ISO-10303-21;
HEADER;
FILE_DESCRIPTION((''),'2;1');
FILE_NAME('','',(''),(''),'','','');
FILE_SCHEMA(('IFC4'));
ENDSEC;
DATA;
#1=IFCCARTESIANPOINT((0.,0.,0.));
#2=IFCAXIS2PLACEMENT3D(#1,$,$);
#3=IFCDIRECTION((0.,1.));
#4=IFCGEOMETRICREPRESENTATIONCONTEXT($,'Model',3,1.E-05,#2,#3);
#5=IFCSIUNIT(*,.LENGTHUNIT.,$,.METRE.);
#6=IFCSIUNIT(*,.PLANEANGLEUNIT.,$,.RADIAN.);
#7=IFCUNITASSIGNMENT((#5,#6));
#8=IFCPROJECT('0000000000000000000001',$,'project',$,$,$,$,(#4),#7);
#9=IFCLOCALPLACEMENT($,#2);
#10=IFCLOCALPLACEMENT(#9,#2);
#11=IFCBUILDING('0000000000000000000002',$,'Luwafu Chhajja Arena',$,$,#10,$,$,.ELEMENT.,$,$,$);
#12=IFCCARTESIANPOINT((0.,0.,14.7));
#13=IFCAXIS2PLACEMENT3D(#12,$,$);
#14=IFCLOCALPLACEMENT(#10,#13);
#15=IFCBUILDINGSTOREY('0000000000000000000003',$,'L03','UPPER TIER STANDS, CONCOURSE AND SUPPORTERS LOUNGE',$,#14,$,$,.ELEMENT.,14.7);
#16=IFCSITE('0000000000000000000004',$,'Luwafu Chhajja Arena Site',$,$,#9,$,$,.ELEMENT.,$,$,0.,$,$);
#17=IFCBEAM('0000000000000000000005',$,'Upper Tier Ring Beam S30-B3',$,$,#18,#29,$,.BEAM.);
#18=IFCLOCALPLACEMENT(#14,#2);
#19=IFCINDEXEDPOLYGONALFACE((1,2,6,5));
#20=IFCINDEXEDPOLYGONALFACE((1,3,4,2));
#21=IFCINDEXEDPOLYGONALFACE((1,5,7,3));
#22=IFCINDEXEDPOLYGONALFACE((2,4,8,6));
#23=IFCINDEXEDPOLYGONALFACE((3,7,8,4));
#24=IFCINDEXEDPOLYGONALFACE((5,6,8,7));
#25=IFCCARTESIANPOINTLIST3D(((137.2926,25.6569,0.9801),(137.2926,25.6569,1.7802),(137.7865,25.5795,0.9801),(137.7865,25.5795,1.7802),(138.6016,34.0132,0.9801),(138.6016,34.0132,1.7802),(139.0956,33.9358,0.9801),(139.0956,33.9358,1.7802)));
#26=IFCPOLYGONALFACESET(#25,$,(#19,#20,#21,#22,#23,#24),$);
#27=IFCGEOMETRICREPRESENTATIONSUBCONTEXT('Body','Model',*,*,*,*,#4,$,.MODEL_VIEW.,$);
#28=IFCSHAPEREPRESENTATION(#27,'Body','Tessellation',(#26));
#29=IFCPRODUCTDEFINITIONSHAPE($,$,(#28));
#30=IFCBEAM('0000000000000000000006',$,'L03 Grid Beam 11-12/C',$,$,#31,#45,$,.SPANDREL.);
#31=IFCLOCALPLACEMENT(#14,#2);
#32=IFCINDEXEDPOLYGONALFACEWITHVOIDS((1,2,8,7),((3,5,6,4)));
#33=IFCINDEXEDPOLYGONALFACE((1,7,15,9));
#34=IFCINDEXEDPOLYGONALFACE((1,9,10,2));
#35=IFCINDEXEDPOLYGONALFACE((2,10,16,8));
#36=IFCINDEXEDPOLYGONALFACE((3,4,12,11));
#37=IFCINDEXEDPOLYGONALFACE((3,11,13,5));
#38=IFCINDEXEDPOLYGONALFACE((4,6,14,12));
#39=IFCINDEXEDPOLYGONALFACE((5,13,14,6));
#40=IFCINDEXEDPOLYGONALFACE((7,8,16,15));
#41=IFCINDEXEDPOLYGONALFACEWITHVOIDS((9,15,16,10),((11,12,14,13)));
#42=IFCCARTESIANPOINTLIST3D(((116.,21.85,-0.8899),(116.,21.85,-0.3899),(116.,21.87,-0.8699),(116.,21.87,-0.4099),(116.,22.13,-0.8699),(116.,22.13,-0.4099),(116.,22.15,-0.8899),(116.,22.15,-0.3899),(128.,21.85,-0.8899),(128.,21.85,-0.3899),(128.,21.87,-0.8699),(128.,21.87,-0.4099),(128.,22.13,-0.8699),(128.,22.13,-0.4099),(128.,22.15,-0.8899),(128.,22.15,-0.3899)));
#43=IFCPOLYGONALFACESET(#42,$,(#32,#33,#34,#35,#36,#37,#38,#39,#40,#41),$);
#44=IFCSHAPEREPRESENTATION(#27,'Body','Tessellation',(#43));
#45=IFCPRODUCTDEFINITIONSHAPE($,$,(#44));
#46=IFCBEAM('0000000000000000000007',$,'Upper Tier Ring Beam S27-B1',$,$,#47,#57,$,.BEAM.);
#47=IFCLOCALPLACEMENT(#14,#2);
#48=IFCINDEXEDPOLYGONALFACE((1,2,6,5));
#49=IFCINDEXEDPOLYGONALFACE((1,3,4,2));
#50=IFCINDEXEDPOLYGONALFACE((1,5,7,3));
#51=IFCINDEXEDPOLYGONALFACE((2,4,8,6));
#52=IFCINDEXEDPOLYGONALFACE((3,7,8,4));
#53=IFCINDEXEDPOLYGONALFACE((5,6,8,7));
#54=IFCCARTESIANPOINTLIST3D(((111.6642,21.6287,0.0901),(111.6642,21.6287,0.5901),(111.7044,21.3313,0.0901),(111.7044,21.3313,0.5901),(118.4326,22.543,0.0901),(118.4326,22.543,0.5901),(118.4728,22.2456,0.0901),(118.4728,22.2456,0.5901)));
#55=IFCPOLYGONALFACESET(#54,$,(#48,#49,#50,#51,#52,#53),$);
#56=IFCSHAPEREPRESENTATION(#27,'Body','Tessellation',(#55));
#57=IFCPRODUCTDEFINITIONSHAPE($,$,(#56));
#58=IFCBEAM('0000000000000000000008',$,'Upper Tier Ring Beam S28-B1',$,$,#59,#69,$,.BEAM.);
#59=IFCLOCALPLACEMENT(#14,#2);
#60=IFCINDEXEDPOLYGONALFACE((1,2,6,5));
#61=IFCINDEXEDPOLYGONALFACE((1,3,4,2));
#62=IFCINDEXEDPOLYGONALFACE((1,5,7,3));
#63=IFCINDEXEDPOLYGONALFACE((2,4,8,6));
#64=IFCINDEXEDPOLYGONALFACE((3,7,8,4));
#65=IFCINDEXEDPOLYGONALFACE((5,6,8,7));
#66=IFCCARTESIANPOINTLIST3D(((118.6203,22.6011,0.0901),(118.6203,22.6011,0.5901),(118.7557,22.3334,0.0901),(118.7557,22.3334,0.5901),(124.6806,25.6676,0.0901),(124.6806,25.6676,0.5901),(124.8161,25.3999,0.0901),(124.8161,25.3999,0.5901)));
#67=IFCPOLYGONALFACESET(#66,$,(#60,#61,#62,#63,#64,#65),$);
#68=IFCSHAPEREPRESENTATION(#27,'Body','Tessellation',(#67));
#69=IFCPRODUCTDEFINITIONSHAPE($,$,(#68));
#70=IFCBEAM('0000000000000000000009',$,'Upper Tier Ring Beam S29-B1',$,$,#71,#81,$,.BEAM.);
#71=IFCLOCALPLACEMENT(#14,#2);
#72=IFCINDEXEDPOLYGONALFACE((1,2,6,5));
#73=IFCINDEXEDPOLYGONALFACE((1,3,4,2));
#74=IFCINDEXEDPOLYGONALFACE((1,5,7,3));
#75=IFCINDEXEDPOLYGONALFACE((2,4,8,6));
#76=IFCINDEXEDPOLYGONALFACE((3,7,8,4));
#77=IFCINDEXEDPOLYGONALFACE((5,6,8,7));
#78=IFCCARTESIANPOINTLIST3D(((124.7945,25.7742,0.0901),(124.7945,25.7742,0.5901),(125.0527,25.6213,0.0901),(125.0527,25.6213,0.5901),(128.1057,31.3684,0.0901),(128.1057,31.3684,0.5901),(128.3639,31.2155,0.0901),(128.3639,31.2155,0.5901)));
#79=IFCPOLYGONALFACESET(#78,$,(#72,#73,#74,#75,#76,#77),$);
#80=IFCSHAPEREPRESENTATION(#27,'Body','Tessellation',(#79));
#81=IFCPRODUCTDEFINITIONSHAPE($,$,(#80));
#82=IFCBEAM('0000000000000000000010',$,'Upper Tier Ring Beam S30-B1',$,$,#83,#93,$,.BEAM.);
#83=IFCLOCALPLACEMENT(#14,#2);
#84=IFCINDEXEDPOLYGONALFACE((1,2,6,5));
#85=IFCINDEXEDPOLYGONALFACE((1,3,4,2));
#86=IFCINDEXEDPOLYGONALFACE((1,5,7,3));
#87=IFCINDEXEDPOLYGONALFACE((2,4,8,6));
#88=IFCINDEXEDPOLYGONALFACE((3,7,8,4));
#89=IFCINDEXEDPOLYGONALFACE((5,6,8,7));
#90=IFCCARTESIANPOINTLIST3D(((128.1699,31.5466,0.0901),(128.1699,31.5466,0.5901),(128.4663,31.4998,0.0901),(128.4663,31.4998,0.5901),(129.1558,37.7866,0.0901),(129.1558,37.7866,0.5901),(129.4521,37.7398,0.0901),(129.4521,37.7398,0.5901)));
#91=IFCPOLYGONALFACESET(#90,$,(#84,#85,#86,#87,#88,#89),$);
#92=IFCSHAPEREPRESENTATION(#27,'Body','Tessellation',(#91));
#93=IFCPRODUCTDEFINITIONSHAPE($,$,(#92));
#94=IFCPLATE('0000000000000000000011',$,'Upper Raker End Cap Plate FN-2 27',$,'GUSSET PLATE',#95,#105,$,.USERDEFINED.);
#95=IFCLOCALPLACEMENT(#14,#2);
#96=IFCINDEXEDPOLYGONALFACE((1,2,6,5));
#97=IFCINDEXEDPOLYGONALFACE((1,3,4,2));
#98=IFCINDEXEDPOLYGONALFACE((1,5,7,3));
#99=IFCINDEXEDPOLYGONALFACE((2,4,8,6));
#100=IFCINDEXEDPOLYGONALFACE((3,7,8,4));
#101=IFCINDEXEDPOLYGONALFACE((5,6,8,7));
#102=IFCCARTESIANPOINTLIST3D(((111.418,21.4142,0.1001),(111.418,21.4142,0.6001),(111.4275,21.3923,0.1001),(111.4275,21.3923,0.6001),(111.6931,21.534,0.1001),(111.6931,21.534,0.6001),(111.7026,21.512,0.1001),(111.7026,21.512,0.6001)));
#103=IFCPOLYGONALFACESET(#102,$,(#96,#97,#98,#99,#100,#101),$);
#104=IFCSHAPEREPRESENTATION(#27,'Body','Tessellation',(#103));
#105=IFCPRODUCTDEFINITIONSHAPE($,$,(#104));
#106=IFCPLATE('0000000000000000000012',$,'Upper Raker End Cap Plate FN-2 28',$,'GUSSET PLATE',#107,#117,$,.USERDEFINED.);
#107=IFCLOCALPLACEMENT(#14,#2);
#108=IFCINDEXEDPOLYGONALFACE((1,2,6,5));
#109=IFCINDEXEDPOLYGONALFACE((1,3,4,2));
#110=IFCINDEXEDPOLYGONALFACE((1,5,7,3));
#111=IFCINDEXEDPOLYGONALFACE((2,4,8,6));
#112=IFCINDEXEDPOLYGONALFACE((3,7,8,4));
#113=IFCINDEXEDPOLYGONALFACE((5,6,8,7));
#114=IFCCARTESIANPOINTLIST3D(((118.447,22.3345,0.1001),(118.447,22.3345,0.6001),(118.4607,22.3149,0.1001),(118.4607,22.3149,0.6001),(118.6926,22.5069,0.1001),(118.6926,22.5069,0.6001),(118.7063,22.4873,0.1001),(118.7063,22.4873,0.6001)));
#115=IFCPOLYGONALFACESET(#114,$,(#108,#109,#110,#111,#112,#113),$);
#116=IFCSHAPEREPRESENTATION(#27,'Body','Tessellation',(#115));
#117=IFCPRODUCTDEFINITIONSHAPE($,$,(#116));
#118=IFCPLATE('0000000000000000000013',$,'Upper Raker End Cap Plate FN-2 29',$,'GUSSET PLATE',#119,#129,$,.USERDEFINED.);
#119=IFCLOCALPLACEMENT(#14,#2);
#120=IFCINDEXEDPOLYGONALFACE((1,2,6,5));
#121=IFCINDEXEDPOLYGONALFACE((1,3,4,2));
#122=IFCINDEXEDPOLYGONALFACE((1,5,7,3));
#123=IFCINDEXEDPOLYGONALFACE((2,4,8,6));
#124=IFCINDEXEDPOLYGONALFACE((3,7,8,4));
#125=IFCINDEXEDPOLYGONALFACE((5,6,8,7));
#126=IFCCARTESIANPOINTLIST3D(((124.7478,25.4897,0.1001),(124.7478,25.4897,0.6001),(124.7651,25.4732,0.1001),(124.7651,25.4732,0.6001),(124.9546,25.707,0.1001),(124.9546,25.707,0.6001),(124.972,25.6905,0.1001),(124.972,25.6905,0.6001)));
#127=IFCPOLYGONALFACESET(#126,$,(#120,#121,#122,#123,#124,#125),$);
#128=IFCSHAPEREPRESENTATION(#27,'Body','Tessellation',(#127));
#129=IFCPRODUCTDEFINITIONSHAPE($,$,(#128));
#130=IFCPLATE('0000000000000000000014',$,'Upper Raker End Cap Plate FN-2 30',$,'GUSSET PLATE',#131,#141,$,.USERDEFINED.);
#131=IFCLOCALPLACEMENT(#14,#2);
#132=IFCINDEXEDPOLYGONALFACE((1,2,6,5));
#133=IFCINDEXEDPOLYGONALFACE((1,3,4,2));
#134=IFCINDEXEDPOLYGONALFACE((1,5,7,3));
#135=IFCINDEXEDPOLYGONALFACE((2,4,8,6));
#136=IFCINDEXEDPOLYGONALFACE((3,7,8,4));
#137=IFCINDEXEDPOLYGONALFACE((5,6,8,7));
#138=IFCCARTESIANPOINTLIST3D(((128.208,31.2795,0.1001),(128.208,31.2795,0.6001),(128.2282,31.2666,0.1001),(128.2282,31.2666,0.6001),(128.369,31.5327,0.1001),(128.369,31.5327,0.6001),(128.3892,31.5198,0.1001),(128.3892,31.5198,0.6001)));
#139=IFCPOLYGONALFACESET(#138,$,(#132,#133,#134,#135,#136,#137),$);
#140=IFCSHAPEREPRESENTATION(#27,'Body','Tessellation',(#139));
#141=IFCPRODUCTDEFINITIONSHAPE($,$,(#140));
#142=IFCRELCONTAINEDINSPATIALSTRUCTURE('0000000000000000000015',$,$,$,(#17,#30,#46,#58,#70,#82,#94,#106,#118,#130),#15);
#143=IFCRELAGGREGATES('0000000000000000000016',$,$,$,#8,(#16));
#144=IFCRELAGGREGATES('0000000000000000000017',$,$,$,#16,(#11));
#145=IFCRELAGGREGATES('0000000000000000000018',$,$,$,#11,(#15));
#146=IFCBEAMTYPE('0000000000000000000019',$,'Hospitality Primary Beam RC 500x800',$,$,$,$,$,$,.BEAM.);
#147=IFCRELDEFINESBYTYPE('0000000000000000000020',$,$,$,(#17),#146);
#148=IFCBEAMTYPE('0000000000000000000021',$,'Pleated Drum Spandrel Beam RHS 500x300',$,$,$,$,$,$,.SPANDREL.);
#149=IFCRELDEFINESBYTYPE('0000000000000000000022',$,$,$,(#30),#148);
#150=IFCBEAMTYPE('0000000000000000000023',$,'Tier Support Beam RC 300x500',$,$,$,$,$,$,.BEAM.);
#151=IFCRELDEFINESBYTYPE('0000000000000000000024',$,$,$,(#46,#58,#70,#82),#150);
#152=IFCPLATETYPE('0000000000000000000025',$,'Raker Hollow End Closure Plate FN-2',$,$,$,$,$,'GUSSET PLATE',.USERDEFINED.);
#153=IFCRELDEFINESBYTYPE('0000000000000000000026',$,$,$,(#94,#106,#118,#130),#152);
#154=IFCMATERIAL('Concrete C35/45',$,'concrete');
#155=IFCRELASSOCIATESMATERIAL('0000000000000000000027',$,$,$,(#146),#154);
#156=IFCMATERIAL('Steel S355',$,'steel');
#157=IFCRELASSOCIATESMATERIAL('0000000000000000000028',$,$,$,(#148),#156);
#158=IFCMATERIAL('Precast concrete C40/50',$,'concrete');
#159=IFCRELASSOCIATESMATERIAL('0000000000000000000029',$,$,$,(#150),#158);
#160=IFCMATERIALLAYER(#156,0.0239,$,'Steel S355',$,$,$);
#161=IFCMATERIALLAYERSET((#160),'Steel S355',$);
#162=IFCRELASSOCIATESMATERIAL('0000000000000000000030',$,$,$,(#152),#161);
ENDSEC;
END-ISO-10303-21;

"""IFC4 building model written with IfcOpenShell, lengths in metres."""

from ifc_helpers import new_model, si_unit, direction, frame, origin, origin_2d, place, context, subcontext, project, spatial, rectangle, hollow_rectangle, extrude, material, layer, layer_set, material_profile, profile_set, type_object, element, save


model = new_model("IFC4")

# Units and contexts
model_context = context("Model", 3, precision=1e-05, world=origin(), true_north=direction((0.0, 1.0)))
body_context = subcontext(model_context, "Body", "Model", "MODEL_VIEW")
ifc_project = project(units=[si_unit("LENGTHUNIT", "METRE"), si_unit("PLANEANGLEUNIT", "RADIAN")], contexts=[model_context])

# Site, building, storey
site_placement = place(None, origin())
site = spatial("IfcSite", under=ifc_project, at=site_placement, Name="Luwafu Chhajja Arena Site", CompositionType="ELEMENT", RefElevation=0.0)
building_placement = place(site_placement, origin())
building = spatial("IfcBuilding", under=site, at=building_placement, Name="Luwafu Chhajja Arena", CompositionType="ELEMENT")
storey_placement = place(building_placement, frame((0.0, 0.0, 14.7)))
storey = spatial("IfcBuildingStorey", under=building, at=storey_placement, Name="L03", Description="UPPER TIER STANDS, CONCOURSE AND SUPPORTERS LOUNGE", CompositionType="ELEMENT", Elevation=14.7)

# Shared definitions
ifc_material_1 = material(Name="Concrete C35/45", Category="concrete")
ifc_material_2 = material(Name="Steel S355", Category="steel")

# Beams
ifc_material_profile_1 = material_profile(ifc_material_1, rectangle(XDim=0.5, YDim=0.8, at=origin_2d()), Name="RC 500x800")
ifc_profile_set_1 = profile_set([ifc_material_profile_1], Name="Concrete C35/45")
beam_type_1 = type_object("IfcBeamType", Name="Hospitality Primary Beam RC 500x800", PredefinedType="BEAM", material=ifc_profile_set_1)
beam_1_placement = place(storey_placement, frame((137.5396, 25.6182, 1.3801), z_axis=(0.154768, 0.987951, 0.0), x_axis=(-0.987951, 0.154768, 0.0)))
element("IfcBeam", 1, at=beam_1_placement, inside=storey, type_object=beam_type_1, Name="Upper Tier Ring Beam S30-B3", PredefinedType="BEAM", context=body_context, shape_type="SweptSolid", body=[
    extrude(rectangle(XDim=0.5, YDim=0.8, at=origin_2d()), origin(), (0.0, 0.0, 1.0), 8.4583),
])
ifc_material_profile_2 = material_profile(ifc_material_2, hollow_rectangle(XDim=0.3, YDim=0.5, WallThickness=0.02, at=origin_2d()), Name="RHS 500x300x20")
ifc_profile_set_2 = profile_set([ifc_material_profile_2], Name="Steel S355")
beam_type_2 = type_object("IfcBeamType", Name="Pleated Drum Spandrel Beam RHS 500x300", PredefinedType="SPANDREL", material=ifc_profile_set_2)
beam_2_placement = place(storey_placement, frame((116.0, 22.0, -0.6399), z_axis=(1.0, 0.0, 0.0), x_axis=(0.0, 1.0, 0.0)))
element("IfcBeam", 2, at=beam_2_placement, inside=storey, type_object=beam_type_2, Name="L03 Grid Beam 11-12/C", PredefinedType="SPANDREL", context=body_context, shape_type="SweptSolid", body=[
    extrude(hollow_rectangle(XDim=0.3, YDim=0.5, WallThickness=0.02, at=origin_2d()), origin(), (0.0, 0.0, 1.0), 12.0),
])
ifc_material_3 = material(Name="Precast concrete C40/50", Category="concrete")
ifc_material_profile_3 = material_profile(ifc_material_3, rectangle(XDim=0.3, YDim=0.5, at=origin_2d()), Name="RC 300x500")
ifc_profile_set_3 = profile_set([ifc_material_profile_3], Name="Precast concrete C40/50")
beam_type_3 = type_object("IfcBeamType", Name="Tier Support Beam RC 300x500", PredefinedType="BEAM", material=ifc_profile_set_3)
beam_3_placement = place(storey_placement, frame((111.6843, 21.48, 0.3401), z_axis=(0.990999, 0.13387, 0.0), x_axis=(-0.13387, 0.990999, 0.0)))
element("IfcBeam", 3, at=beam_3_placement, inside=storey, type_object=beam_type_3, Name="Upper Tier Ring Beam S27-B1", PredefinedType="BEAM", context=body_context, shape_type="SweptSolid", body=[
    extrude(rectangle(XDim=0.3, YDim=0.5, at=origin_2d()), origin(), (0.0, 0.0, 1.0), 6.8298),
])
beam_4_placement = place(storey_placement, frame((118.688, 22.4673, 0.3401), z_axis=(0.892282, 0.451479, 0.0), x_axis=(-0.451479, 0.892282, 0.0)))
element("IfcBeam", 4, at=beam_4_placement, inside=storey, type_object=beam_type_3, Name="Upper Tier Ring Beam S28-B1", PredefinedType="BEAM", context=body_context, shape_type="SweptSolid", body=[
    extrude(rectangle(XDim=0.3, YDim=0.5, at=origin_2d()), origin(), (0.0, 0.0, 1.0), 6.792),
])
beam_5_placement = place(storey_placement, frame((124.9236, 25.6978, 0.3401), z_axis=(0.509367, 0.860549, 0.0), x_axis=(-0.860549, 0.509367, 0.0)))
element("IfcBeam", 5, at=beam_5_placement, inside=storey, type_object=beam_type_3, Name="Upper Tier Ring Beam S29-B1", PredefinedType="BEAM", context=body_context, shape_type="SweptSolid", body=[
    extrude(rectangle(XDim=0.3, YDim=0.5, at=origin_2d()), origin(), (0.0, 0.0, 1.0), 6.5007),
])
beam_6_placement = place(storey_placement, frame((128.3181, 31.5232, 0.3401), z_axis=(0.156052, 0.987749, 0.0), x_axis=(-0.987749, 0.156052, 0.0)))
element("IfcBeam", 6, at=beam_6_placement, inside=storey, type_object=beam_type_3, Name="Upper Tier Ring Beam S30-B1", PredefinedType="BEAM", context=body_context, shape_type="SweptSolid", body=[
    extrude(rectangle(XDim=0.3, YDim=0.5, at=origin_2d()), origin(), (0.0, 0.0, 1.0), 6.3174),
])

# Plates
ifc_layer = layer(ifc_material_2, 0.0239, Name="Steel S355")
ifc_layer_set = layer_set([ifc_layer], Name="Steel S355")
plate_type = type_object("IfcPlateType", Name="Raker Hollow End Closure Plate FN-2", ElementType="GUSSET PLATE", PredefinedType="USERDEFINED", material=ifc_layer_set)
for number, where, z_axis, x_axis, name in (
    (7, (111.5603, 21.4631, 0.1001), (0.0, 0.0, 1.0), (0.399066, -0.916922, 0.0), "Upper Raker End Cap Plate FN-2 27"),
    (8, (118.5767, 22.4109, 0.1001), (0.0, 0.0, 1.0), (0.574601, -0.818434, 0.0), "Upper Raker End Cap Plate FN-2 28"),
    (9, (124.8599, 25.5901, 0.1001), (0.0, 0.0, 1.0), (0.724375, -0.689406, 0.0), "Upper Raker End Cap Plate FN-2 29"),
    (10, (128.2986, 31.3997, 0.1001), (0.0, 0.0, 1.0), (0.843828, -0.536613, 0.0), "Upper Raker End Cap Plate FN-2 30"),
):
    element("IfcPlate", number, at=place(storey_placement, frame(where, z_axis=z_axis, x_axis=x_axis)), inside=storey, type_object=plate_type, Name=name, ObjectType="GUSSET PLATE", PredefinedType="USERDEFINED", context=body_context, shape_type="SweptSolid", body=[
        extrude(rectangle(XDim=0.0239, YDim=0.3, at=origin_2d()), origin(), (0.0, 0.0, 1.0), 0.5),
    ])

save(model, "model.ifc")
